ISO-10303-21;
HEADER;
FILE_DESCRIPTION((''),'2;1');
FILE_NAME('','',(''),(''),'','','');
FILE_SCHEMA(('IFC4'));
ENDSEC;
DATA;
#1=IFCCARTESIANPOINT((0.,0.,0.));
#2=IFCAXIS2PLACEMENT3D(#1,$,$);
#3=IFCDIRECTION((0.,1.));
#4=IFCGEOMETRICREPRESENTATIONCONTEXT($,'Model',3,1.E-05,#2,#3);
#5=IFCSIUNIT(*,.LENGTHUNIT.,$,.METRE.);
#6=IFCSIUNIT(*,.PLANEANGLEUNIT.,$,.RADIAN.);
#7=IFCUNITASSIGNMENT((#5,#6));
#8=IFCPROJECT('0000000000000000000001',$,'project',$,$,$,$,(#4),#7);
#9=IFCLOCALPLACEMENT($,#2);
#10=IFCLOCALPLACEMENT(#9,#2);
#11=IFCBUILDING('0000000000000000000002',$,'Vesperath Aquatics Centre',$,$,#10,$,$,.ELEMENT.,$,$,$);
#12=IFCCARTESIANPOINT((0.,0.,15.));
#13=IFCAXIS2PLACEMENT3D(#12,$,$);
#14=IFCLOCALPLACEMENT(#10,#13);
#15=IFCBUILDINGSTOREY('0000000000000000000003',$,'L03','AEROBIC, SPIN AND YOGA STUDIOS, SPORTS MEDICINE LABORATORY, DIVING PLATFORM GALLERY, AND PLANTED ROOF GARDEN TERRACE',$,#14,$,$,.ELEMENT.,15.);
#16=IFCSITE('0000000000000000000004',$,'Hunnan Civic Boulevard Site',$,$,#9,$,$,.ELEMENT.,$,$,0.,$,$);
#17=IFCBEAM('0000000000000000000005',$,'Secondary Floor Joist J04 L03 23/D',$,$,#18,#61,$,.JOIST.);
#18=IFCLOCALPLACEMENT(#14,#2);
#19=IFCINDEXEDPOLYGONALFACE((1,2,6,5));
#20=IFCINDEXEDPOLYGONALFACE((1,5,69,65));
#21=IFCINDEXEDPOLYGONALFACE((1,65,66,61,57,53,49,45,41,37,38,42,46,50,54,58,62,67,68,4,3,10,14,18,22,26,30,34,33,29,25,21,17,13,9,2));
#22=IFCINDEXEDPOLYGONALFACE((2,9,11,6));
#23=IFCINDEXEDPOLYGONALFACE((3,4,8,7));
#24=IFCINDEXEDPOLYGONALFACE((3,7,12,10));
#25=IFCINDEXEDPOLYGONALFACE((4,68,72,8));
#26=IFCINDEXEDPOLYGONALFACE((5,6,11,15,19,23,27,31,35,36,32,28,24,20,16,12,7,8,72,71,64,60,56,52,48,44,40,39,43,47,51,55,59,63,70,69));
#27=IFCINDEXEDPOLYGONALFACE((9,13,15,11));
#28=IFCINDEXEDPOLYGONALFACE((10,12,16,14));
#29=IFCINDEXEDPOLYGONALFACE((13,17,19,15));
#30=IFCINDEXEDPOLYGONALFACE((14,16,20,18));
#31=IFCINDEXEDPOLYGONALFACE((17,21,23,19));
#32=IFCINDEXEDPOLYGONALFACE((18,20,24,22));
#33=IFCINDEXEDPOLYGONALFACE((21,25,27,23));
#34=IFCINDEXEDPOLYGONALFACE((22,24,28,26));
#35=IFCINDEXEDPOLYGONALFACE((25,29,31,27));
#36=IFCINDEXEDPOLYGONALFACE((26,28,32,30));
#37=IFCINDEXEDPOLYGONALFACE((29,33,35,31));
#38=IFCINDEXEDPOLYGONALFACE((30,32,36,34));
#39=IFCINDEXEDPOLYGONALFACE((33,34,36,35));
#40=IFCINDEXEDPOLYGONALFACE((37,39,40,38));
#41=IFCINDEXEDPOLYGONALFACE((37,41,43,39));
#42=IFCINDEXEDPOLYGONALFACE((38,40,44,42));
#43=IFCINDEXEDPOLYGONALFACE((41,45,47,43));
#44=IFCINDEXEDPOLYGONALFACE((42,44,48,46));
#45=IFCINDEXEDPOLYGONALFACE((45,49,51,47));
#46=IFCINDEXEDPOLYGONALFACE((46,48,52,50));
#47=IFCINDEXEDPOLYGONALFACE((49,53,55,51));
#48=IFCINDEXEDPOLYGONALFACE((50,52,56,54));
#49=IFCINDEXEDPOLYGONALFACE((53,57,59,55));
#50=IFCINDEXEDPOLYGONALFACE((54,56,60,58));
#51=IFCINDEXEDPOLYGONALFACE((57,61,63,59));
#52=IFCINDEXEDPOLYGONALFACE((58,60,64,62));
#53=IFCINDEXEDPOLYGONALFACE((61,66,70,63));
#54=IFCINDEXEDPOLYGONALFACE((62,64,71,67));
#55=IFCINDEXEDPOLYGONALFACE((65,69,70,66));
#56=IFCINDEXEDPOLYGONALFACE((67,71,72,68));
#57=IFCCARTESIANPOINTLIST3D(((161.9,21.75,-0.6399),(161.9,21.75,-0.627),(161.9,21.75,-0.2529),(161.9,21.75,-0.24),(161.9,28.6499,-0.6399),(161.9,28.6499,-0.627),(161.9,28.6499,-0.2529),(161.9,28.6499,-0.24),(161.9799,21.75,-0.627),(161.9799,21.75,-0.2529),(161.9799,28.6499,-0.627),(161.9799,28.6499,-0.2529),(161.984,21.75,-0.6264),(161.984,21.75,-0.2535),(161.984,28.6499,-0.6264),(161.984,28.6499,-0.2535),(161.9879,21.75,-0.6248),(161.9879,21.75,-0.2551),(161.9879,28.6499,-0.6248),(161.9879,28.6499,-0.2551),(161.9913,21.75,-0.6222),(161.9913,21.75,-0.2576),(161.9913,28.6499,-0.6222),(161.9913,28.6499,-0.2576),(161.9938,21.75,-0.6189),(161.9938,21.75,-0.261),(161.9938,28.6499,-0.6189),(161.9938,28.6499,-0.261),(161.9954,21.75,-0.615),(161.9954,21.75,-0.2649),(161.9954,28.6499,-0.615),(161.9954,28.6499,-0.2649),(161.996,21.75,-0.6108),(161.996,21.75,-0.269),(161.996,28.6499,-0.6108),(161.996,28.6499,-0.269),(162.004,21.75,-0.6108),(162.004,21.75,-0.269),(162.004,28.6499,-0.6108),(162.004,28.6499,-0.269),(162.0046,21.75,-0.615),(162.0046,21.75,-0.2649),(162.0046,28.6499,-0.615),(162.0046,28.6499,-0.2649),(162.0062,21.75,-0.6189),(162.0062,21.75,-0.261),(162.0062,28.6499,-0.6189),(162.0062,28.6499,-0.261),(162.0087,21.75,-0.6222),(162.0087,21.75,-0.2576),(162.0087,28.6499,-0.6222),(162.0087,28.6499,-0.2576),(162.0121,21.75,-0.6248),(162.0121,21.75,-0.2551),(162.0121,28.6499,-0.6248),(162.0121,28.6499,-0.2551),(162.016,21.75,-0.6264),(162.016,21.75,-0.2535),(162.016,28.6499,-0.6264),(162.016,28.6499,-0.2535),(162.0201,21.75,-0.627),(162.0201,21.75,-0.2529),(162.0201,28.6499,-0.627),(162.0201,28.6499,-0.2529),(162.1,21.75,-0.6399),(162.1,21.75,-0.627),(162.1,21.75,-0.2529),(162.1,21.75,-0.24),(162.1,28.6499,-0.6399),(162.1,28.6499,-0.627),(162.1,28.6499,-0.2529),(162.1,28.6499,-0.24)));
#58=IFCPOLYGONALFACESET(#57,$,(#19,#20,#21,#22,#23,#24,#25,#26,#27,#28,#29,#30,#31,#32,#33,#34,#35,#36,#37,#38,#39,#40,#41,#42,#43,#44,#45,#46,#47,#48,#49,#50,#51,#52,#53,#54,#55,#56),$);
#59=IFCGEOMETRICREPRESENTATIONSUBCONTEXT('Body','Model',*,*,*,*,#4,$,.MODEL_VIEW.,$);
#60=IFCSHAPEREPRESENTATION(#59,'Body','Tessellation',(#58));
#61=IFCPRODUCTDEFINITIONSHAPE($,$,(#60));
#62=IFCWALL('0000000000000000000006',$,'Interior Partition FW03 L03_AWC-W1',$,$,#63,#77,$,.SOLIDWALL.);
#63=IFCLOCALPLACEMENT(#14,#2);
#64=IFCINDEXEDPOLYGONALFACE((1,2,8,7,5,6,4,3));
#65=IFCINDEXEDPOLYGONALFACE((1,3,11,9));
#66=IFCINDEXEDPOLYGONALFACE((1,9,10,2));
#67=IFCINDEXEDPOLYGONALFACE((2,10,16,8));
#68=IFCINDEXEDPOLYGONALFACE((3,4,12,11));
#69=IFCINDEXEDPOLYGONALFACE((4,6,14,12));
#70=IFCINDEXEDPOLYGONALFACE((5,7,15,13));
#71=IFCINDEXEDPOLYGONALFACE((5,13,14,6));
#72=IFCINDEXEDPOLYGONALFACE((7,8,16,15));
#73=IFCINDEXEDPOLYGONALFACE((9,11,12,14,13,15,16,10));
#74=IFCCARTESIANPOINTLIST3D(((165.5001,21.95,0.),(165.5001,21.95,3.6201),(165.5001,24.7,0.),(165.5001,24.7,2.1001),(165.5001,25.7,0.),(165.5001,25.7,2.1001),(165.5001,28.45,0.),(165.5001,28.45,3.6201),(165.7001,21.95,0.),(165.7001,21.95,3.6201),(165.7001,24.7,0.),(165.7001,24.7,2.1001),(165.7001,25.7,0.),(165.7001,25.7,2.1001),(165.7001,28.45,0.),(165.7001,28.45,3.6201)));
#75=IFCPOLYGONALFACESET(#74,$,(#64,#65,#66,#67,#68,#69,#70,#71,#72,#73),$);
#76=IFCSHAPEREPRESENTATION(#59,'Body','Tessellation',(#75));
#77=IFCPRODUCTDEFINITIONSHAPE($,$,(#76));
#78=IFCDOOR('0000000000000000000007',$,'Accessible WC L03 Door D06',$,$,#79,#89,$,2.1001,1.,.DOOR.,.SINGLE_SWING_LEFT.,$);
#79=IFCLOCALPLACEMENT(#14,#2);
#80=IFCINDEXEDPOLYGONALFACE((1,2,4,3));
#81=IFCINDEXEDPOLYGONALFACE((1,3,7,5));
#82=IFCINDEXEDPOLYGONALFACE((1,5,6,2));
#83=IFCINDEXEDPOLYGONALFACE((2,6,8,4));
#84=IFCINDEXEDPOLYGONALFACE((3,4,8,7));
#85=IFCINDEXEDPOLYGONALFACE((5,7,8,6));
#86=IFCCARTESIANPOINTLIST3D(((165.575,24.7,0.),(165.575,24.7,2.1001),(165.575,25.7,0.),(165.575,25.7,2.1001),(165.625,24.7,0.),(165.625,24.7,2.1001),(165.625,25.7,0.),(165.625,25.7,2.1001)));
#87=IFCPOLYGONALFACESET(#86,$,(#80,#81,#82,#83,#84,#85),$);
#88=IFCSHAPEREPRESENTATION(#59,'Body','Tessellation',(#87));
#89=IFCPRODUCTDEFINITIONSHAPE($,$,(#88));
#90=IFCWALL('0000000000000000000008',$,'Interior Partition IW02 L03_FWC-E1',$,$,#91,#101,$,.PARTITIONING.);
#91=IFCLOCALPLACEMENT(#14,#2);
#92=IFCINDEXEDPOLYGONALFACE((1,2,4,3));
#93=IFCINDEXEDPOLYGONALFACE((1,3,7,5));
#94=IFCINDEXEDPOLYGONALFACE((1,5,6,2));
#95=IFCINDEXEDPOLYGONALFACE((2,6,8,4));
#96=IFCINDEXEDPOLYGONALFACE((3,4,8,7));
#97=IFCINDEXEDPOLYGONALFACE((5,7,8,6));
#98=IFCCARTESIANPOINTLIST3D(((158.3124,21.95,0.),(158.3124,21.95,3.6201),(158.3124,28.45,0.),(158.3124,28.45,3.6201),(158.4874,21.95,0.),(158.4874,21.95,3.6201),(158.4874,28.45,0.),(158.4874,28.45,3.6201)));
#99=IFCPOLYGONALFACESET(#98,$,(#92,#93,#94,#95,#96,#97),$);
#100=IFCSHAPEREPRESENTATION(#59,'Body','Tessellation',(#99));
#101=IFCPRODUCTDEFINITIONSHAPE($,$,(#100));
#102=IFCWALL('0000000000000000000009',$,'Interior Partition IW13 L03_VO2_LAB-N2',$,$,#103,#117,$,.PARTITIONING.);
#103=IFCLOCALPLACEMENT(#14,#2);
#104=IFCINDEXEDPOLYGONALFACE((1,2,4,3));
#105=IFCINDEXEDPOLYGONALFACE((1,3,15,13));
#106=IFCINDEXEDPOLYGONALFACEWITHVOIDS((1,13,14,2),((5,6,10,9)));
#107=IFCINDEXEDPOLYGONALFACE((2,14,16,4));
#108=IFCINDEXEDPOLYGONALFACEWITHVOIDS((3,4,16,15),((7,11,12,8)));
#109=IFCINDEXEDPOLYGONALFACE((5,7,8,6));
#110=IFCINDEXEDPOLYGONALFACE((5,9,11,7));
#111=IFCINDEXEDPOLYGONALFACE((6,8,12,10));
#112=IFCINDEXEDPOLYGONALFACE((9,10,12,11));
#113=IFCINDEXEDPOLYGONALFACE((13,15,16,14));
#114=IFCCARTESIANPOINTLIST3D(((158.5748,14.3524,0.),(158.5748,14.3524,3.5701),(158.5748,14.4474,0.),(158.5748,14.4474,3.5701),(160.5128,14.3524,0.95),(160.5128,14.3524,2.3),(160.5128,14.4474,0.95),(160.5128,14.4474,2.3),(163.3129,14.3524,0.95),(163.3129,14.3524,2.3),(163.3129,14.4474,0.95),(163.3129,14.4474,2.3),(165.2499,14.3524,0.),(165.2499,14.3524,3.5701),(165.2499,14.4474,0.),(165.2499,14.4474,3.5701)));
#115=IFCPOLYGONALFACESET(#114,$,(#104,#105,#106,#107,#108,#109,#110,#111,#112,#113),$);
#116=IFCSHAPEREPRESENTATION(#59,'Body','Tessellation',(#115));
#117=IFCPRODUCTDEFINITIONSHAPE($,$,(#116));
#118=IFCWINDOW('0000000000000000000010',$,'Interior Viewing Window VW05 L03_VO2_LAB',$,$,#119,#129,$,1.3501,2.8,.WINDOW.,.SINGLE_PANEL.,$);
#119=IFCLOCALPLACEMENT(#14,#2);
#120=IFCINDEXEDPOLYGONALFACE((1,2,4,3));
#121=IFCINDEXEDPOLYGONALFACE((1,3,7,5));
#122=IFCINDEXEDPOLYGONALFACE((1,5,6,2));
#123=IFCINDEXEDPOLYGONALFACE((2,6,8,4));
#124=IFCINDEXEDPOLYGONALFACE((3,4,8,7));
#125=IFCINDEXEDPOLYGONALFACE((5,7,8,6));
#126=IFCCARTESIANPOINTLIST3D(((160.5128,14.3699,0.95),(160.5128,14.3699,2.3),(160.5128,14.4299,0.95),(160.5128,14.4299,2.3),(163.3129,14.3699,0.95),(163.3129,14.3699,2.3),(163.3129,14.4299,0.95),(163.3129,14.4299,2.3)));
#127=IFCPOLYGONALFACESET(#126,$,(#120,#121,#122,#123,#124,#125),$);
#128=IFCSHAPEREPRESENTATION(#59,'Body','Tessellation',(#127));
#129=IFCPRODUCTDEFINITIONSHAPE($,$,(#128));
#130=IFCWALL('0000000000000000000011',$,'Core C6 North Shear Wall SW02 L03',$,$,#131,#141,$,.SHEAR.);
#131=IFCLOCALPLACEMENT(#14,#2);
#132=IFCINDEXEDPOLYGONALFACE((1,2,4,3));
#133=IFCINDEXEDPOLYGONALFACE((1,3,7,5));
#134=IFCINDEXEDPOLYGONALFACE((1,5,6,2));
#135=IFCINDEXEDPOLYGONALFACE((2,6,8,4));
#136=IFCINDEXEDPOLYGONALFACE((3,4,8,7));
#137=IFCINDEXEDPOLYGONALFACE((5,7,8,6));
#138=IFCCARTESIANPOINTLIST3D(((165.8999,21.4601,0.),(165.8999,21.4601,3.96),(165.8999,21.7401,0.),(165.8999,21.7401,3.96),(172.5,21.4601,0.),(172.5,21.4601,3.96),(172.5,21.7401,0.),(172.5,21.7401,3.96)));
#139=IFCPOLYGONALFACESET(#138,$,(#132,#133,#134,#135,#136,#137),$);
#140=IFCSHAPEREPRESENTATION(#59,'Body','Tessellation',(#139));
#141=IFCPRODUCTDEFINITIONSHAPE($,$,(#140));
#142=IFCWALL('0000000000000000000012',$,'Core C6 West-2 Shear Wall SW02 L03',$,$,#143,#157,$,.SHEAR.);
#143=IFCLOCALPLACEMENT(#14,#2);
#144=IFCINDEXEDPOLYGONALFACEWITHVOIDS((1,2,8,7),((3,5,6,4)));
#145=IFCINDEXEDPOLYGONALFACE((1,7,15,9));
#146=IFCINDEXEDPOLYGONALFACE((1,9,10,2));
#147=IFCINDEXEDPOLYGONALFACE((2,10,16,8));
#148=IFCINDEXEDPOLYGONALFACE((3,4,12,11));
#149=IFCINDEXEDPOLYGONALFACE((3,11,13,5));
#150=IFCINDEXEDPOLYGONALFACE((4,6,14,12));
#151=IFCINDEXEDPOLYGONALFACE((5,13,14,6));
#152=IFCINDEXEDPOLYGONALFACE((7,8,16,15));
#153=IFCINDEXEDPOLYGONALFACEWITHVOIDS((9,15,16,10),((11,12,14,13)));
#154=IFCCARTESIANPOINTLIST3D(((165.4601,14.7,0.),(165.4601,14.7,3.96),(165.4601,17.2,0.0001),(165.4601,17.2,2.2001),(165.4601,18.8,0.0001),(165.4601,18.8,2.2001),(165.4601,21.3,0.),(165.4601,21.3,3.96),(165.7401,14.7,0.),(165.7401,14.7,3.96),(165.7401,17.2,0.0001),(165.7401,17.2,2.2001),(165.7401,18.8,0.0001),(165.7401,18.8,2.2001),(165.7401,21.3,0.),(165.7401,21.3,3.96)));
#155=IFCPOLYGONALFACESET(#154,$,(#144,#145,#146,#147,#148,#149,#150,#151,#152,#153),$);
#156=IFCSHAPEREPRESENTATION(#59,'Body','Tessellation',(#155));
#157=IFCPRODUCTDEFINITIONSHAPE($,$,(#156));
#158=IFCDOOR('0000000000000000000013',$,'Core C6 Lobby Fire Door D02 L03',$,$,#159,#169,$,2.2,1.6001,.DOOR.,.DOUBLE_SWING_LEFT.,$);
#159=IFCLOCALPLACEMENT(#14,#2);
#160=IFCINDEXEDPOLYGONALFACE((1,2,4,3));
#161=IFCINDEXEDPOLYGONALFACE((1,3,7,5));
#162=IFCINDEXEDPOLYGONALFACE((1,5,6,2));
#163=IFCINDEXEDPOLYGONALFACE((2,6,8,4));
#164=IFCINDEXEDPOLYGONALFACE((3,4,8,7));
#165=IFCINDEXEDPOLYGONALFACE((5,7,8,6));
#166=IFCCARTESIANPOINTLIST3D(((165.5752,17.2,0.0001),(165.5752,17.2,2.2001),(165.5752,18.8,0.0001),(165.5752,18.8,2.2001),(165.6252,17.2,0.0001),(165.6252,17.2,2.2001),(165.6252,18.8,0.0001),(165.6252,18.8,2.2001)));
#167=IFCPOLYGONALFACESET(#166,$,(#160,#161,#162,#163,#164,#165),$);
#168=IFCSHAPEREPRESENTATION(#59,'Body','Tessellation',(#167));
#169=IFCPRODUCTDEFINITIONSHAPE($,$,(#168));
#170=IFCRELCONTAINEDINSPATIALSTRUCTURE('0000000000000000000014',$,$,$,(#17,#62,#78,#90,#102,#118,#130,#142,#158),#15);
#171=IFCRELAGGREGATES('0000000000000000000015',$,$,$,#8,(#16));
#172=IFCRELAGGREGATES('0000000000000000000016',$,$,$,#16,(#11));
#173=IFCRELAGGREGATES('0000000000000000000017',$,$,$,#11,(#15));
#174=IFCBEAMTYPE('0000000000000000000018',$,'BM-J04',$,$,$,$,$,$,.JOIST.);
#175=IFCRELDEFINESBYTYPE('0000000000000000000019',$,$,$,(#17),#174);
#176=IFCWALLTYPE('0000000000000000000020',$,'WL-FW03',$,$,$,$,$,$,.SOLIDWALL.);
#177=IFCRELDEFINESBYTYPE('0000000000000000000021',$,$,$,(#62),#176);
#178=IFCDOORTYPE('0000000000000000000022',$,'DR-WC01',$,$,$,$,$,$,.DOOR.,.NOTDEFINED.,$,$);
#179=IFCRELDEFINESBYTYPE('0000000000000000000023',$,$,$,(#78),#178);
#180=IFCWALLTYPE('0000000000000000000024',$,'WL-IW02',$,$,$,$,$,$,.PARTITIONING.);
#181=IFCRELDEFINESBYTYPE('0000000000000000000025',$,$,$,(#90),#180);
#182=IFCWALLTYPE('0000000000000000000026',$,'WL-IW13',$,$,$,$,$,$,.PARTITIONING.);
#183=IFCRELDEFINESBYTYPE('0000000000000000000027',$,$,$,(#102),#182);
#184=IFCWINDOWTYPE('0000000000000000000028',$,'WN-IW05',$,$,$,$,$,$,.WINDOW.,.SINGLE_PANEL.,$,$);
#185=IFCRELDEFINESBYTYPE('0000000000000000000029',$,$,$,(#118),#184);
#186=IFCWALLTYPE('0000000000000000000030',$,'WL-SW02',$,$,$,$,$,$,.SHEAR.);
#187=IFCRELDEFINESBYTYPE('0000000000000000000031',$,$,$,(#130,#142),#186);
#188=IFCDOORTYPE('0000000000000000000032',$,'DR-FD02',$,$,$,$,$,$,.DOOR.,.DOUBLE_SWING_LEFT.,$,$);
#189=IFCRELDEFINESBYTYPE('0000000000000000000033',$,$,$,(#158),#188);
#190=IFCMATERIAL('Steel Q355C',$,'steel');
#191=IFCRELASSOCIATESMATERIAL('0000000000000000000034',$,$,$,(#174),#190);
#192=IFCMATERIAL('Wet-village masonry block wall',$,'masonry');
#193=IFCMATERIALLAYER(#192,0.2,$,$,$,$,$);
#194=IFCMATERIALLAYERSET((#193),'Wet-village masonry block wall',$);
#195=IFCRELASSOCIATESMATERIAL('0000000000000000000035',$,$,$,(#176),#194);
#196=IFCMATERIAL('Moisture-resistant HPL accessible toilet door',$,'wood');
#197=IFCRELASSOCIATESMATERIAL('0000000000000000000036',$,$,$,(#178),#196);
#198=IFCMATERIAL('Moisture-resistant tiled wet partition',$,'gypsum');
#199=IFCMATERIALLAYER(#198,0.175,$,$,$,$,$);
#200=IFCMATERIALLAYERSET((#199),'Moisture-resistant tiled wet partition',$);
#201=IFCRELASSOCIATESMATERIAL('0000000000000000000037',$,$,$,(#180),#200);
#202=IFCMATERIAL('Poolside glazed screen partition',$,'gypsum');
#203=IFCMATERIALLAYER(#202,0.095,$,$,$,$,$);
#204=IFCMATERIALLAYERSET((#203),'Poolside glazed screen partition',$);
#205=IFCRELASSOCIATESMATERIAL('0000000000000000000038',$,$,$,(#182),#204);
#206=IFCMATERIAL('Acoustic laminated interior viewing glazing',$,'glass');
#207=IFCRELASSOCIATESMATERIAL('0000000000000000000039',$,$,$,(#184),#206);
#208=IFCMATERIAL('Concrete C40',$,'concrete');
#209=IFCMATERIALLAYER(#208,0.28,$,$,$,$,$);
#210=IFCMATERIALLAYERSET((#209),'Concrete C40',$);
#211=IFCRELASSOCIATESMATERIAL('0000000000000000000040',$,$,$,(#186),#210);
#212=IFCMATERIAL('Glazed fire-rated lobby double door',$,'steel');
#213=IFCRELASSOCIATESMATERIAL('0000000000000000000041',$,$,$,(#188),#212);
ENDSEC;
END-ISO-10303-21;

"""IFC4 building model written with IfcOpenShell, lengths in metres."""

from ifc_helpers import new_model, si_unit, direction, frame, frame_2d, origin, origin_2d, place, context, subcontext, project, spatial, rectangle, i_section, extrude, material, layer, layer_set, material_profile, profile_set, type_object, element, fill, save


model = new_model("IFC4")

# Units and contexts
model_context = context("Model", 3, precision=1e-05, world=origin(), true_north=direction((0.0, 1.0)))
body_context = subcontext(model_context, "Body", "Model", "MODEL_VIEW")
ifc_project = project(units=[si_unit("LENGTHUNIT", "METRE"), si_unit("PLANEANGLEUNIT", "RADIAN")], contexts=[model_context])

# Site, building, storey
site_placement = place(None, origin())
site = spatial("IfcSite", under=ifc_project, at=site_placement, Name="Hunnan Civic Boulevard Site", CompositionType="ELEMENT", RefElevation=0.0)
building_placement = place(site_placement, origin())
building = spatial("IfcBuilding", under=site, at=building_placement, Name="Vesperath Aquatics Centre", CompositionType="ELEMENT")
storey_placement = place(building_placement, frame((0.0, 0.0, 15.0)))
storey = spatial("IfcBuildingStorey", under=building, at=storey_placement, Name="L03", Description="AEROBIC, SPIN AND YOGA STUDIOS, SPORTS MEDICINE LABORATORY, DIVING PLATFORM GALLERY, AND PLANTED ROOF GARDEN TERRACE", CompositionType="ELEMENT", Elevation=15.0)

# Shared definitions
ifc_material_1 = material(Name="Concrete C40", Category="concrete")
ifc_material_2 = material(Name="Steel Q355C", Category="steel")

# Beam
ifc_material_profile_1 = material_profile(ifc_material_2, i_section(OverallWidth=0.2, OverallDepth=0.3999, WebThickness=0.0081, FlangeThickness=0.0129, FilletRadius=0.0161, at=origin_2d()), Name="HN 400x200x8x13")
ifc_profile_set_1 = profile_set([ifc_material_profile_1], Name="Steel Q355C")
beam_type_1 = type_object("IfcBeamType", Name="BM-J04", PredefinedType="JOIST", material=ifc_profile_set_1)
for number, where, z_axis, x_axis, name in (
    (1, (162.0, 21.75, -0.4399), (0.0, 1.0, 0.0), (-1.0, 0.0, 0.0), "Secondary Floor Joist J04 L03 23/D"),
):
    element("IfcBeam", number, at=place(storey_placement, frame(where, z_axis=z_axis, x_axis=x_axis)), inside=storey, type_object=beam_type_1, Name=name, PredefinedType="JOIST", context=body_context, shape_type="SweptSolid", body=[
        extrude(i_section(OverallWidth=0.2, OverallDepth=0.3999, WebThickness=0.0081, FlangeThickness=0.0129, FilletRadius=0.0161, at=origin_2d()), origin(), (0.0, 0.0, 1.0), 6.8999),
    ])

# Wall, opening, door
ifc_material_3 = material(Name="Wet-village masonry block wall", Category="masonry")
ifc_layer_1 = layer(ifc_material_3, 0.2)
ifc_layer_set_1 = layer_set([ifc_layer_1], Name="Wet-village masonry block wall")
wall_type_1 = type_object("IfcWallType", Name="WL-FW03", PredefinedType="SOLIDWALL", material=ifc_layer_set_1)
wall_1_placement = place(storey_placement, frame((165.6001, 21.95, 0.0), z_axis=(0.0, 0.0, 1.0), x_axis=(0.0, 1.0, 0.0)))
wall_1 = element("IfcWall", 2, at=wall_1_placement, inside=storey, type_object=wall_type_1, Name="Interior Partition FW03 L03_AWC-W1", PredefinedType="SOLIDWALL", context=body_context, shape_type="SweptSolid", body=[
    extrude(rectangle(XDim=6.5, YDim=0.2, at=frame_2d((3.25, 0.0))), origin(), (0.0, 0.0, 1.0), 3.6201),
])
opening_1_placement = place(wall_1_placement, frame((2.75, 0.0, 0.0)))
opening_1 = element("IfcOpeningElement", 3, at=opening_1_placement, cuts=wall_1, PredefinedType="OPENING", context=body_context, shape_type="SweptSolid", body=[
    extrude(rectangle(XDim=1.0, YDim=2.1001, at=frame_2d((0.5, 1.05))), frame((0.0, 0.1147, 0.0), z_axis=(0.0, -1.0, 0.0), x_axis=(1.0, 0.0, 0.0)), (0.0, 0.0, 1.0), 0.2297),
])
ifc_material_4 = material(Name="Moisture-resistant HPL accessible toilet door", Category="wood")
door_type_1 = type_object("IfcDoorType", Name="DR-WC01", OperationType="NOTDEFINED", PredefinedType="DOOR", material=ifc_material_4)
door_1_placement = place(opening_1_placement, frame((1.0, 0.0, 0.0), z_axis=(0.0, 0.0, 1.0), x_axis=(-1.0, 0.0, 0.0)))
door_1 = element("IfcDoor", 4, at=door_1_placement, inside=storey, type_object=door_type_1, Name="Accessible WC L03 Door D06", OperationType="SINGLE_SWING_LEFT", OverallHeight=2.1001, OverallWidth=1.0, PredefinedType="DOOR", context=body_context, shape_type="SweptSolid", body=[
    extrude(rectangle(XDim=1.0, YDim=2.1001, at=frame_2d((0.5, 1.05))), frame((0.0, 0.0249, 0.0), z_axis=(0.0, -1.0, 0.0), x_axis=(1.0, 0.0, 0.0)), (0.0, 0.0, 1.0), 0.05),
])
fill(opening_1, door_1)

# Wall
ifc_material_5 = material(Name="Moisture-resistant tiled wet partition", Category="gypsum")
ifc_layer_2 = layer(ifc_material_5, 0.175)
ifc_layer_set_2 = layer_set([ifc_layer_2], Name="Moisture-resistant tiled wet partition")
wall_type_2 = type_object("IfcWallType", Name="WL-IW02", PredefinedType="PARTITIONING", material=ifc_layer_set_2)
wall_2_placement = place(storey_placement, frame((158.3999, 21.95, 0.0), z_axis=(0.0, 0.0, 1.0), x_axis=(0.0, 1.0, 0.0)))
element("IfcWall", 5, at=wall_2_placement, inside=storey, type_object=wall_type_2, Name="Interior Partition IW02 L03_FWC-E1", PredefinedType="PARTITIONING", context=body_context, shape_type="SweptSolid", body=[
    extrude(rectangle(XDim=6.5, YDim=0.175, at=frame_2d((3.25, 0.0))), origin(), (0.0, 0.0, 1.0), 3.6201),
])

# Wall, opening, window
ifc_material_6 = material(Name="Poolside glazed screen partition", Category="gypsum")
ifc_layer_3 = layer(ifc_material_6, 0.095)
ifc_layer_set_3 = layer_set([ifc_layer_3], Name="Poolside glazed screen partition")
wall_type_3 = type_object("IfcWallType", Name="WL-IW13", PredefinedType="PARTITIONING", material=ifc_layer_set_3)
wall_3_placement = place(storey_placement, frame((158.575, 14.3999, 0.0), z_axis=(0.0, 0.0, 1.0), x_axis=(1.0, 0.0, 0.0)))
wall_3 = element("IfcWall", 6, at=wall_3_placement, inside=storey, type_object=wall_type_3, Name="Interior Partition IW13 L03_VO2_LAB-N2", PredefinedType="PARTITIONING", context=body_context, shape_type="SweptSolid", body=[
    extrude(rectangle(XDim=6.675, YDim=0.095, at=frame_2d((3.3374, 0.0))), origin(), (0.0, 0.0, 1.0), 3.5701),
])
opening_2_placement = place(wall_3_placement, frame((1.938, 0.0, 0.95)))
opening_2 = element("IfcOpeningElement", 7, at=opening_2_placement, cuts=wall_3, PredefinedType="OPENING", context=body_context, shape_type="SweptSolid", body=[
    extrude(rectangle(XDim=2.8, YDim=1.3501, at=frame_2d((1.3999, 0.675))), frame((0.0, 0.0625, 0.0), z_axis=(0.0, -1.0, 0.0), x_axis=(1.0, 0.0, 0.0)), (0.0, 0.0, 1.0), 0.1248),
])
ifc_material_7 = material(Name="Acoustic laminated interior viewing glazing", Category="glass")
window_type = type_object("IfcWindowType", Name="WN-IW05", PartitioningType="SINGLE_PANEL", PredefinedType="WINDOW", material=ifc_material_7)
window_placement = place(opening_2_placement, origin())
window = element("IfcWindow", 8, at=window_placement, inside=storey, type_object=window_type, Name="Interior Viewing Window VW05 L03_VO2_LAB", OverallHeight=1.3501, OverallWidth=2.8, PartitioningType="SINGLE_PANEL", PredefinedType="WINDOW", context=body_context, shape_type="SweptSolid", body=[
    extrude(rectangle(XDim=2.8, YDim=1.3501, at=frame_2d((1.3999, 0.675))), frame((0.0, 0.03, 0.0), z_axis=(0.0, -1.0, 0.0), x_axis=(1.0, 0.0, 0.0)), (0.0, 0.0, 1.0), 0.0601),
])
fill(opening_2, window)

# Wall
ifc_layer_4 = layer(ifc_material_1, 0.28)
ifc_layer_set_4 = layer_set([ifc_layer_4], Name="Concrete C40")
wall_type_4 = type_object("IfcWallType", Name="WL-SW02", PredefinedType="SHEAR", material=ifc_layer_set_4)
wall_4_placement = place(storey_placement, frame((165.8999, 21.6001, 0.0), z_axis=(0.0, 0.0, 1.0), x_axis=(1.0, 0.0, 0.0)))
element("IfcWall", 9, at=wall_4_placement, inside=storey, type_object=wall_type_4, Name="Core C6 North Shear Wall SW02 L03", PredefinedType="SHEAR", context=body_context, shape_type="SweptSolid", body=[
    extrude(rectangle(XDim=6.6001, YDim=0.28, at=frame_2d((3.3, 0.0))), origin(), (0.0, 0.0, 1.0), 3.96),
])

# Wall, opening, door
wall_5_placement = place(storey_placement, frame((165.6001, 14.7, 0.0), z_axis=(0.0, 0.0, 1.0), x_axis=(0.0, 1.0, 0.0)))
wall_5 = element("IfcWall", 10, at=wall_5_placement, inside=storey, type_object=wall_type_4, Name="Core C6 West-2 Shear Wall SW02 L03", PredefinedType="SHEAR", context=body_context, shape_type="SweptSolid", body=[
    extrude(rectangle(XDim=6.6001, YDim=0.28, at=frame_2d((3.3, 0.0))), origin(), (0.0, 0.0, 1.0), 3.96),
])
opening_3_placement = place(wall_5_placement, frame((2.5, 0.0, 0.0)))
opening_3 = element("IfcOpeningElement", 11, at=opening_3_placement, cuts=wall_5, PredefinedType="OPENING", context=body_context, shape_type="SweptSolid", body=[
    extrude(rectangle(XDim=1.6001, YDim=2.2, at=frame_2d((0.8, 1.1001))), frame((0.0, 0.1548, 0.0), z_axis=(0.0, -1.0, 0.0), x_axis=(1.0, 0.0, 0.0)), (0.0, 0.0, 1.0), 0.3098),
])
ifc_material_8 = material(Name="Glazed fire-rated lobby double door", Category="steel")
door_type_2 = type_object("IfcDoorType", Name="DR-FD02", OperationType="DOUBLE_SWING_LEFT", PredefinedType="DOOR", material=ifc_material_8)
door_2_placement = place(opening_3_placement, origin())
door_2 = element("IfcDoor", 12, at=door_2_placement, inside=storey, type_object=door_type_2, Name="Core C6 Lobby Fire Door D02 L03", OperationType="DOUBLE_SWING_LEFT", OverallHeight=2.2, OverallWidth=1.6001, PredefinedType="DOOR", context=body_context, shape_type="SweptSolid", body=[
    extrude(rectangle(XDim=1.6001, YDim=2.2, at=frame_2d((0.8, 1.1001))), frame((0.0, 0.0249, 0.0), z_axis=(0.0, -1.0, 0.0), x_axis=(1.0, 0.0, 0.0)), (0.0, 0.0, 1.0), 0.05),
])
fill(opening_3, door_2)

save(model, "model.ifc")
